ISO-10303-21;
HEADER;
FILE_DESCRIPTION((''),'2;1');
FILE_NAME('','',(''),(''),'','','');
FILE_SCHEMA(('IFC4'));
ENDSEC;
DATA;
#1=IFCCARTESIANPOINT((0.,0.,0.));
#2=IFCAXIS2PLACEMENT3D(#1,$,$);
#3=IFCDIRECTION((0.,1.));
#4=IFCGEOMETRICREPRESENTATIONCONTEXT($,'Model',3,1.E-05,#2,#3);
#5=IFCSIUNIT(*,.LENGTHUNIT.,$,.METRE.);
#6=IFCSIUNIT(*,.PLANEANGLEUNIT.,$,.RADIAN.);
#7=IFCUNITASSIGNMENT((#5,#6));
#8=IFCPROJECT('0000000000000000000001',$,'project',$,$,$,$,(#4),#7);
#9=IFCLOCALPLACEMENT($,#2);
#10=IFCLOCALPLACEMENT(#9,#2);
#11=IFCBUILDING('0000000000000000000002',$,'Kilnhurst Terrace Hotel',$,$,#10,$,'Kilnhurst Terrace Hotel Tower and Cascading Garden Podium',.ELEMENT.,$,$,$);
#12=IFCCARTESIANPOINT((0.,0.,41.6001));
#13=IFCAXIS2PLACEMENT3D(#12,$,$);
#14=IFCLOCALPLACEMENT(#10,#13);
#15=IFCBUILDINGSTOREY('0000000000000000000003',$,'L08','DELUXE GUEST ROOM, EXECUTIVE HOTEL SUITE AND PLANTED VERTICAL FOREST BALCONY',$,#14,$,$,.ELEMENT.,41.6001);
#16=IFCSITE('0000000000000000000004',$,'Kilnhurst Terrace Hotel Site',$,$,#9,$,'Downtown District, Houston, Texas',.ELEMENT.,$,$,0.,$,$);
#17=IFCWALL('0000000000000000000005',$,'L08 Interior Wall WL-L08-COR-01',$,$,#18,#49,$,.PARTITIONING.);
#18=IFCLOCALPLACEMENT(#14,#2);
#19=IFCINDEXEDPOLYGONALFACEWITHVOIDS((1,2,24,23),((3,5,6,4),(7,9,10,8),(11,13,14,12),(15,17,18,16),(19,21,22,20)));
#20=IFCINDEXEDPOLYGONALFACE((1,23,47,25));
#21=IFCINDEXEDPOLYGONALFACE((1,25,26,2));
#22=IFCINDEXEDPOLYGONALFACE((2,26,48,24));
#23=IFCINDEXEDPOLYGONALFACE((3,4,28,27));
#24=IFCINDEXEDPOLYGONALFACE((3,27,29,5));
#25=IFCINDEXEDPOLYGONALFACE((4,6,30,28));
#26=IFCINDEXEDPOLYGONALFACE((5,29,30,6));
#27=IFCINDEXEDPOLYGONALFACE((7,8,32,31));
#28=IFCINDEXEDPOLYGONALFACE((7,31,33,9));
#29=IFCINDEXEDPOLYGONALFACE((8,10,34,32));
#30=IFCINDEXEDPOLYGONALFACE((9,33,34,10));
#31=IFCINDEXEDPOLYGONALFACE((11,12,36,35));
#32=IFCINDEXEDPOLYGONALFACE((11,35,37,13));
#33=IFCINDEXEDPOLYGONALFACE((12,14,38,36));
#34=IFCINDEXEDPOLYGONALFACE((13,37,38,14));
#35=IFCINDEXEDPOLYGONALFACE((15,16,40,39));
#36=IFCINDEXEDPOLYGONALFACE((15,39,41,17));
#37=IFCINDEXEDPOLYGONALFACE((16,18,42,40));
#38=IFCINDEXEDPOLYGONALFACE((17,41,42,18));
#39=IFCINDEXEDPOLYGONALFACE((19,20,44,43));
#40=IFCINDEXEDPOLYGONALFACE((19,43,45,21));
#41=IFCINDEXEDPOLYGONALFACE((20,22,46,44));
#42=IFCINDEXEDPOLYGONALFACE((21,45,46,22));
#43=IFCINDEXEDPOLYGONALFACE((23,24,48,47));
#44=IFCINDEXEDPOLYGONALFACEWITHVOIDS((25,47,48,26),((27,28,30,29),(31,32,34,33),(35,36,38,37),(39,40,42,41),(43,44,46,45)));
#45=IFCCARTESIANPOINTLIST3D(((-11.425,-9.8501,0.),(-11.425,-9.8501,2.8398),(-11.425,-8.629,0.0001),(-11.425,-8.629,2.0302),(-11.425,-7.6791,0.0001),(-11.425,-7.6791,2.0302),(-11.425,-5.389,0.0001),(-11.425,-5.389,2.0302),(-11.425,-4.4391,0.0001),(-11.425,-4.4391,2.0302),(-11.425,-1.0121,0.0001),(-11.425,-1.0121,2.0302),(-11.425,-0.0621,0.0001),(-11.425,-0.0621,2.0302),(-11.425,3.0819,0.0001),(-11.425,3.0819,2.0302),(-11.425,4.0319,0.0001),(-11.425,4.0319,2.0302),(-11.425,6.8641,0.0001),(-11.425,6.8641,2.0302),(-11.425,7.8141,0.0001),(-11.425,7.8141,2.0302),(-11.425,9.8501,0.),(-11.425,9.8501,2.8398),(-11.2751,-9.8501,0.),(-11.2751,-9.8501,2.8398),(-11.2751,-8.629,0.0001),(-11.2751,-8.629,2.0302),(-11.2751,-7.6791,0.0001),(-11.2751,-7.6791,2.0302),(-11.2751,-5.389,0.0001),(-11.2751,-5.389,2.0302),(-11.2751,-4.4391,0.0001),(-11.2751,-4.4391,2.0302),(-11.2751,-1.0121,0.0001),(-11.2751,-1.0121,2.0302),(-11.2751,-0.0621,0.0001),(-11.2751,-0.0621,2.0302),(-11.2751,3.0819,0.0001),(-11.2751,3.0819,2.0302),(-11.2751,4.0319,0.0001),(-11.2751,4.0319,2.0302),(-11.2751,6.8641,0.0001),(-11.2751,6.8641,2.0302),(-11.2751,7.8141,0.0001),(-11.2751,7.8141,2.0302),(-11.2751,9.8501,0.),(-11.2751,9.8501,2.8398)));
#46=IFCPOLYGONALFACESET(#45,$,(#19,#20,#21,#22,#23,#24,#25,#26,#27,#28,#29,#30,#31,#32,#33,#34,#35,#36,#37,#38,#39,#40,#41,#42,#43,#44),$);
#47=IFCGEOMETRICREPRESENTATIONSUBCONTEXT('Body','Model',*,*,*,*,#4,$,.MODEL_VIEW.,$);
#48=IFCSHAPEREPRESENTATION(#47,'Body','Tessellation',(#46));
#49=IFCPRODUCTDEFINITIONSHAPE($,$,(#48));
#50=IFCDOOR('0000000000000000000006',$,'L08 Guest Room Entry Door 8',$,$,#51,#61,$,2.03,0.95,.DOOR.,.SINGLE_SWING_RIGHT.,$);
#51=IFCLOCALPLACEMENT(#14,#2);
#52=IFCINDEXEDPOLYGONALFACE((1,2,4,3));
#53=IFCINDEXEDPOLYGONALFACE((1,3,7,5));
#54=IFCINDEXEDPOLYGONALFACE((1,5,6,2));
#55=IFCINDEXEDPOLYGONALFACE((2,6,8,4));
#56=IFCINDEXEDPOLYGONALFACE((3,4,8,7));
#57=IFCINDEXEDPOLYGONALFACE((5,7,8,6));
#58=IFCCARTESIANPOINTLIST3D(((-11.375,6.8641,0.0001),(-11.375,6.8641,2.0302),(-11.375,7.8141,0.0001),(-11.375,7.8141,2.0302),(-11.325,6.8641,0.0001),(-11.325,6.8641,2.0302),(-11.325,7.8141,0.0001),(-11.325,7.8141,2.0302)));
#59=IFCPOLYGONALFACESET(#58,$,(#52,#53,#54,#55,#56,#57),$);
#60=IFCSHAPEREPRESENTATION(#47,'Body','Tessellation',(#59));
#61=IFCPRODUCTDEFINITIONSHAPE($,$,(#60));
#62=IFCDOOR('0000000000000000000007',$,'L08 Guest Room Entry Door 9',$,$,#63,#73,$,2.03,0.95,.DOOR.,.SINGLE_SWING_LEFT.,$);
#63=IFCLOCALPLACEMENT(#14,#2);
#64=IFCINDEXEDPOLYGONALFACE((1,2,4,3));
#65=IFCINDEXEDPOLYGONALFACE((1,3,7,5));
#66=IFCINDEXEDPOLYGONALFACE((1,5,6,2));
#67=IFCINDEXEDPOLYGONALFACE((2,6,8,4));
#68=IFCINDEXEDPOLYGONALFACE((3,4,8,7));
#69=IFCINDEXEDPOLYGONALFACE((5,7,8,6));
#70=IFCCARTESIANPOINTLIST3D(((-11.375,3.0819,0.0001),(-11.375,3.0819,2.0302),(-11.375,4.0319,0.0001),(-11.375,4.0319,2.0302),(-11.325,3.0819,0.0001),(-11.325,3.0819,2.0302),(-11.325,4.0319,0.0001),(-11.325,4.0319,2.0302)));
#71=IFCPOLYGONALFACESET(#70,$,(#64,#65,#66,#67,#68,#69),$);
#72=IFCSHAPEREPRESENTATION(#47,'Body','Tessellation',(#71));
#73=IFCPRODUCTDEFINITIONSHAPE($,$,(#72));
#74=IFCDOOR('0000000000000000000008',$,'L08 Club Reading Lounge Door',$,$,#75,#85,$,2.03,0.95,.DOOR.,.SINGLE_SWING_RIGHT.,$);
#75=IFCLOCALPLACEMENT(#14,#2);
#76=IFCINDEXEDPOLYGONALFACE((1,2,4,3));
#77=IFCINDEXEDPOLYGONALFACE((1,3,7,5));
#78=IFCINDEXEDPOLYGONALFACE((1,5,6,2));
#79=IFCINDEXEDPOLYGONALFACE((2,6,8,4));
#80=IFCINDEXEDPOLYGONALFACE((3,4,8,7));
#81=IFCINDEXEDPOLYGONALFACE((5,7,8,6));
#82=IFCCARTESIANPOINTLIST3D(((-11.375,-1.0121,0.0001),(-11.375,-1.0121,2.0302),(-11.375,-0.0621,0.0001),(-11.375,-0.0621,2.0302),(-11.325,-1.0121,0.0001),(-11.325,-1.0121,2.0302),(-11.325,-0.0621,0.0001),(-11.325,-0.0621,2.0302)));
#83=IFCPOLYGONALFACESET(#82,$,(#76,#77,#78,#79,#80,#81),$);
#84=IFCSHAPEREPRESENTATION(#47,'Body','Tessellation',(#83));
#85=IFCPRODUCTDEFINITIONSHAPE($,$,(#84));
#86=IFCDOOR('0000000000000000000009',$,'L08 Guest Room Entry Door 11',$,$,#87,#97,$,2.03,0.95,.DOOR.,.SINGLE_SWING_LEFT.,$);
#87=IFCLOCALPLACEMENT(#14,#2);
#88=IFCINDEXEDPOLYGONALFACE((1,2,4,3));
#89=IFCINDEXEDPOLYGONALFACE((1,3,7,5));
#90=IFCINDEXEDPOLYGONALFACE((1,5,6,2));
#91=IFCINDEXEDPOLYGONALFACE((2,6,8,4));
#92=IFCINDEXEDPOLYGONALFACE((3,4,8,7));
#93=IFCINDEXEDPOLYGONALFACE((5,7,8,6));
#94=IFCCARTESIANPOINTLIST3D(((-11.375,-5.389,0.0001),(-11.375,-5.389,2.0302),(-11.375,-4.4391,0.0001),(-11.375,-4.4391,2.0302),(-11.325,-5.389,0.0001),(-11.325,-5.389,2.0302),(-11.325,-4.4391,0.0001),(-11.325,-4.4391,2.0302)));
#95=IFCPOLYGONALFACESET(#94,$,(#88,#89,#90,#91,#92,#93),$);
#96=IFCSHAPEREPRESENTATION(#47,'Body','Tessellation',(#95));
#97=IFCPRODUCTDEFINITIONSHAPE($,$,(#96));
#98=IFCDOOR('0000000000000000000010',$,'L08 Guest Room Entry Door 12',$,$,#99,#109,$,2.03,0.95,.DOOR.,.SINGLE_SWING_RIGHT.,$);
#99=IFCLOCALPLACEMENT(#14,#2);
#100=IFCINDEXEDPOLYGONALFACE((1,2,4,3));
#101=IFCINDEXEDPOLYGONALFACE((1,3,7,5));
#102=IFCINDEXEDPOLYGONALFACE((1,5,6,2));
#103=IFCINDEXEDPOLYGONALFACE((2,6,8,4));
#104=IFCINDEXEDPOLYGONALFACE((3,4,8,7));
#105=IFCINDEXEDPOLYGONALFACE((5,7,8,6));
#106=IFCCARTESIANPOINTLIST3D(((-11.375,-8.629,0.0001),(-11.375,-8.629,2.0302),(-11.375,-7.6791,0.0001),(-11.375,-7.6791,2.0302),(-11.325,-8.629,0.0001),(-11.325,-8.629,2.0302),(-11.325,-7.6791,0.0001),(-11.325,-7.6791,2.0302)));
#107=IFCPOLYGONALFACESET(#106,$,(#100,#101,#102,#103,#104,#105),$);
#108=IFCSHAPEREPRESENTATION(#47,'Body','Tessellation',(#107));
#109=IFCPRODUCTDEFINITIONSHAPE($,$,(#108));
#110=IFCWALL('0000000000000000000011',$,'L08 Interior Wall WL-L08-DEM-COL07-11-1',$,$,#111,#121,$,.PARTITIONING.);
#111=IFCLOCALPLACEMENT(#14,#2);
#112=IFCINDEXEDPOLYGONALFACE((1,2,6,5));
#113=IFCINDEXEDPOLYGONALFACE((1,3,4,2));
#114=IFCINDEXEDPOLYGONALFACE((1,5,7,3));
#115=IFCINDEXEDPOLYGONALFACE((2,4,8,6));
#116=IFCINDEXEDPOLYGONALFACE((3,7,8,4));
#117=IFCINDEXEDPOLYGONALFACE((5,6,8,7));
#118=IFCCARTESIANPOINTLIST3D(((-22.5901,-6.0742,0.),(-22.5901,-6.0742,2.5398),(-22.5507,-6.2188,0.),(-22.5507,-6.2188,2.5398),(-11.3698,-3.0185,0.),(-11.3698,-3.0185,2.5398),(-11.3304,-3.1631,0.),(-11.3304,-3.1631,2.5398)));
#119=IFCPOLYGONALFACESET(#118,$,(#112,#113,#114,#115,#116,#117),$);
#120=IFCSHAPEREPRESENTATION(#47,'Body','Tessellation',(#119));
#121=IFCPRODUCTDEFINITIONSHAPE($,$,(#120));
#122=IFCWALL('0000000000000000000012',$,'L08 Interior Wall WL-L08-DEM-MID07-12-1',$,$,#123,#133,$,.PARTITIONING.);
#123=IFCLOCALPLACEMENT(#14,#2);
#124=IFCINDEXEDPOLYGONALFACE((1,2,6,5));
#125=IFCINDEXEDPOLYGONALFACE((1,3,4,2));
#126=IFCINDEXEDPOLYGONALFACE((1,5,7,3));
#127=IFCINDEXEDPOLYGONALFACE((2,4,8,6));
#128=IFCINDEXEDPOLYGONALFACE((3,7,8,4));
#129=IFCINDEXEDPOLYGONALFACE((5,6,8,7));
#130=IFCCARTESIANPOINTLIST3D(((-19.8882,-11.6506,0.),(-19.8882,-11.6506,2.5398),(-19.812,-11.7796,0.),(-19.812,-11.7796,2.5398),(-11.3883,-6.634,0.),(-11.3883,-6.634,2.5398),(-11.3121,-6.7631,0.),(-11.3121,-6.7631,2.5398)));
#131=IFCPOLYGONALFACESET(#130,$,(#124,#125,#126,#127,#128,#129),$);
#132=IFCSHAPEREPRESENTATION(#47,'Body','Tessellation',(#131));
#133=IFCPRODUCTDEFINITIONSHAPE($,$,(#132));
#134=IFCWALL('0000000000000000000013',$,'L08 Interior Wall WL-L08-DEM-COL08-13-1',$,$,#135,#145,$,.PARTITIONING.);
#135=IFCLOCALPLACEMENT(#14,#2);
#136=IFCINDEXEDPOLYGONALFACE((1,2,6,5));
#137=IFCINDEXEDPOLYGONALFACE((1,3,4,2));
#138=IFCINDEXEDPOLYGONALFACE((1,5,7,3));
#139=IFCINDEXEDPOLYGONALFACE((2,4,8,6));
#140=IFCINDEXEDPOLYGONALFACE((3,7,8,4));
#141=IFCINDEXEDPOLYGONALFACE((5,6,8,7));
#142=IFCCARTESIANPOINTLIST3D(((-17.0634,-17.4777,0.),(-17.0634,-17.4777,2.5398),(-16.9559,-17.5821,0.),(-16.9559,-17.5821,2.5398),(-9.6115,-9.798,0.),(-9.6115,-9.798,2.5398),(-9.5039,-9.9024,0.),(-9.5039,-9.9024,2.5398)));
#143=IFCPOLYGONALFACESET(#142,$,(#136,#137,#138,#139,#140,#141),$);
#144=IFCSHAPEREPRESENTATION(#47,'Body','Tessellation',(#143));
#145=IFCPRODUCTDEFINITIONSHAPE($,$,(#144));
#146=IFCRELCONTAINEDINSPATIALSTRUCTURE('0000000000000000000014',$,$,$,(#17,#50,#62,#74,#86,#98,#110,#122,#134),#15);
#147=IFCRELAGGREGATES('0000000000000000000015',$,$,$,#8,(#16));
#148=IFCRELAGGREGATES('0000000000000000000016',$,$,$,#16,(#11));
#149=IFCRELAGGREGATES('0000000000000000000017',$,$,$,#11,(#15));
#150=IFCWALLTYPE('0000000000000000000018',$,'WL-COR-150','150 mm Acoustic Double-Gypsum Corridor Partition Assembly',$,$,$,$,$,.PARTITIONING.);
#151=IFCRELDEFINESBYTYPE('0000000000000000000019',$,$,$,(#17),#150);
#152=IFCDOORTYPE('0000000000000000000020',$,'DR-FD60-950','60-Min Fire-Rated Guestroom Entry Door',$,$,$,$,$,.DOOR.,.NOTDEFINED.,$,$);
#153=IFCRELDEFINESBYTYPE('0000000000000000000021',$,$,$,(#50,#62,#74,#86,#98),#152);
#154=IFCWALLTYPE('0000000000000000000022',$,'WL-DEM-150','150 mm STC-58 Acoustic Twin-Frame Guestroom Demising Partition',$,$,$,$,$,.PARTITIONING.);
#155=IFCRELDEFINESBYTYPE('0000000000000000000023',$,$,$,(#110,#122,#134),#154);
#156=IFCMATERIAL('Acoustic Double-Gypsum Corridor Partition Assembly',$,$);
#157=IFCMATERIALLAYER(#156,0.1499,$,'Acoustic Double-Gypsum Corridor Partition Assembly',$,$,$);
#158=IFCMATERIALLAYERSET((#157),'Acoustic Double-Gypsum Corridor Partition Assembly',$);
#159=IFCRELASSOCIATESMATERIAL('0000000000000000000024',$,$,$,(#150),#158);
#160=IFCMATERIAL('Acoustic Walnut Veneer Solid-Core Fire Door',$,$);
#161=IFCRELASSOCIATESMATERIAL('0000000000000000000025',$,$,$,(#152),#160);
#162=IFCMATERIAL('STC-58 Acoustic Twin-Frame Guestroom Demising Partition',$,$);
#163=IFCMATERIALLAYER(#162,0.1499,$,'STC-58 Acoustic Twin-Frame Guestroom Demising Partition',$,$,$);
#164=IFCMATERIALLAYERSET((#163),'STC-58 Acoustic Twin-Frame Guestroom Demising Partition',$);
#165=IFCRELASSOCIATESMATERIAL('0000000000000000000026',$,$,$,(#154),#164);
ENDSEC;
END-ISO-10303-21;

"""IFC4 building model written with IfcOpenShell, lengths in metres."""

from ifc_helpers import new_model, si_unit, direction, frame, frame_2d, origin, place, context, subcontext, project, spatial, rectangle, extrude, material, layer, layer_set, type_object, element, fill, save


model = new_model("IFC4")

# Units and contexts
model_context = context("Model", 3, precision=1e-05, world=origin(), true_north=direction((0.0, 1.0)))
body_context = subcontext(model_context, "Body", "Model", "MODEL_VIEW")
ifc_project = project(units=[si_unit("LENGTHUNIT", "METRE"), si_unit("PLANEANGLEUNIT", "RADIAN")], contexts=[model_context])

# Site, building, storey
site_placement = place(None, origin())
site = spatial("IfcSite", under=ifc_project, at=site_placement, Name="Kilnhurst Terrace Hotel Site", LongName="Downtown District, Houston, Texas", CompositionType="ELEMENT", RefElevation=0.0)
building_placement = place(site_placement, origin())
building = spatial("IfcBuilding", under=site, at=building_placement, Name="Kilnhurst Terrace Hotel", LongName="Kilnhurst Terrace Hotel Tower and Cascading Garden Podium", CompositionType="ELEMENT")
storey_placement = place(building_placement, frame((0.0, 0.0, 41.6001)))
storey = spatial("IfcBuildingStorey", under=building, at=storey_placement, Name="L08", Description="DELUXE GUEST ROOM, EXECUTIVE HOTEL SUITE AND PLANTED VERTICAL FOREST BALCONY", CompositionType="ELEMENT", Elevation=41.6001)

# Wall, openings, doors
ifc_material_1 = material(Name="Acoustic Double-Gypsum Corridor Partition Assembly")
ifc_layer_1 = layer(ifc_material_1, 0.1499, Name="Acoustic Double-Gypsum Corridor Partition Assembly")
ifc_layer_set_1 = layer_set([ifc_layer_1], Name="Acoustic Double-Gypsum Corridor Partition Assembly")
wall_type_1 = type_object("IfcWallType", Name="WL-COR-150", Description="150 mm Acoustic Double-Gypsum Corridor Partition Assembly", PredefinedType="PARTITIONING", material=ifc_layer_set_1)
wall_1_placement = place(storey_placement, frame((-11.3501, -9.8501, 0.0), z_axis=(0.0, 0.0, 1.0), x_axis=(0.0, 1.0, 0.0)))
wall_1 = element("IfcWall", 1, at=wall_1_placement, inside=storey, type_object=wall_type_1, Name="L08 Interior Wall WL-L08-COR-01", PredefinedType="PARTITIONING", context=body_context, shape_type="SweptSolid", body=[
    extrude(rectangle(XDim=19.7002, YDim=0.1499, at=frame_2d((9.8501, 0.0))), origin(), (0.0, 0.0, 1.0), 2.8398),
])
opening_1_placement = place(wall_1_placement, frame((16.7141, 0.0, 0.0)))
opening_1 = element("IfcOpeningElement", 2, at=opening_1_placement, cuts=wall_1, PredefinedType="OPENING", context=body_context, shape_type="SweptSolid", body=[
    extrude(rectangle(XDim=0.95, YDim=2.03, at=frame_2d((0.4751, 1.0151))), frame((0.0, 0.085, 0.0), z_axis=(0.0, -1.0, 0.0), x_axis=(1.0, 0.0, 0.0)), (0.0, 0.0, 1.0), 0.1699),
])
opening_2_placement = place(wall_1_placement, frame((12.9319, 0.0, 0.0)))
opening_2 = element("IfcOpeningElement", 3, at=opening_2_placement, cuts=wall_1, PredefinedType="OPENING", context=body_context, shape_type="SweptSolid", body=[
    extrude(rectangle(XDim=0.95, YDim=2.03, at=frame_2d((0.4751, 1.0151))), frame((0.0, 0.085, 0.0), z_axis=(0.0, -1.0, 0.0), x_axis=(1.0, 0.0, 0.0)), (0.0, 0.0, 1.0), 0.1699),
])
opening_3_placement = place(wall_1_placement, frame((8.8379, 0.0, 0.0)))
opening_3 = element("IfcOpeningElement", 4, at=opening_3_placement, cuts=wall_1, PredefinedType="OPENING", context=body_context, shape_type="SweptSolid", body=[
    extrude(rectangle(XDim=0.95, YDim=2.03, at=frame_2d((0.4751, 1.0151))), frame((0.0, 0.085, 0.0), z_axis=(0.0, -1.0, 0.0), x_axis=(1.0, 0.0, 0.0)), (0.0, 0.0, 1.0), 0.1699),
])
opening_4_placement = place(wall_1_placement, frame((4.4609, 0.0, 0.0)))
opening_4 = element("IfcOpeningElement", 5, at=opening_4_placement, cuts=wall_1, PredefinedType="OPENING", context=body_context, shape_type="SweptSolid", body=[
    extrude(rectangle(XDim=0.95, YDim=2.03, at=frame_2d((0.4751, 1.0151))), frame((0.0, 0.085, 0.0), z_axis=(0.0, -1.0, 0.0), x_axis=(1.0, 0.0, 0.0)), (0.0, 0.0, 1.0), 0.1699),
])
opening_5_placement = place(wall_1_placement, frame((1.2209, 0.0, 0.0)))
opening_5 = element("IfcOpeningElement", 6, at=opening_5_placement, cuts=wall_1, PredefinedType="OPENING", context=body_context, shape_type="SweptSolid", body=[
    extrude(rectangle(XDim=0.95, YDim=2.03, at=frame_2d((0.4751, 1.0151))), frame((0.0, 0.085, 0.0), z_axis=(0.0, -1.0, 0.0), x_axis=(1.0, 0.0, 0.0)), (0.0, 0.0, 1.0), 0.1699),
])
ifc_material_2 = material(Name="Acoustic Walnut Veneer Solid-Core Fire Door")
door_type_1 = type_object("IfcDoorType", Name="DR-FD60-950", Description="60-Min Fire-Rated Guestroom Entry Door", OperationType="NOTDEFINED", PredefinedType="DOOR", material=ifc_material_2)
door_1_placement = place(opening_1_placement, origin())
door_1 = element("IfcDoor", 7, at=door_1_placement, inside=storey, type_object=door_type_1, Name="L08 Guest Room Entry Door 8", OperationType="SINGLE_SWING_RIGHT", OverallHeight=2.03, OverallWidth=0.95, PredefinedType="DOOR", context=body_context, shape_type="SweptSolid", body=[
    extrude(rectangle(XDim=0.95, YDim=2.03, at=frame_2d((0.4751, 1.0151))), frame((0.0, 0.0249, 0.0), z_axis=(0.0, -1.0, 0.0), x_axis=(1.0, 0.0, 0.0)), (0.0, 0.0, 1.0), 0.05),
])
fill(opening_1, door_1)
door_2_placement = place(opening_2_placement, origin())
door_2 = element("IfcDoor", 8, at=door_2_placement, inside=storey, type_object=door_type_1, Name="L08 Guest Room Entry Door 9", OperationType="SINGLE_SWING_LEFT", OverallHeight=2.03, OverallWidth=0.95, PredefinedType="DOOR", context=body_context, shape_type="SweptSolid", body=[
    extrude(rectangle(XDim=0.95, YDim=2.03, at=frame_2d((0.4751, 1.0151))), frame((0.0, 0.0249, 0.0), z_axis=(0.0, -1.0, 0.0), x_axis=(1.0, 0.0, 0.0)), (0.0, 0.0, 1.0), 0.05),
])
fill(opening_2, door_2)
door_3_placement = place(opening_3_placement, origin())
door_3 = element("IfcDoor", 9, at=door_3_placement, inside=storey, type_object=door_type_1, Name="L08 Club Reading Lounge Door", OperationType="SINGLE_SWING_RIGHT", OverallHeight=2.03, OverallWidth=0.95, PredefinedType="DOOR", context=body_context, shape_type="SweptSolid", body=[
    extrude(rectangle(XDim=0.95, YDim=2.03, at=frame_2d((0.4751, 1.0151))), frame((0.0, 0.0249, 0.0), z_axis=(0.0, -1.0, 0.0), x_axis=(1.0, 0.0, 0.0)), (0.0, 0.0, 1.0), 0.05),
])
fill(opening_3, door_3)
door_4_placement = place(opening_4_placement, origin())
door_4 = element("IfcDoor", 10, at=door_4_placement, inside=storey, type_object=door_type_1, Name="L08 Guest Room Entry Door 11", OperationType="SINGLE_SWING_LEFT", OverallHeight=2.03, OverallWidth=0.95, PredefinedType="DOOR", context=body_context, shape_type="SweptSolid", body=[
    extrude(rectangle(XDim=0.95, YDim=2.03, at=frame_2d((0.4751, 1.0151))), frame((0.0, 0.0249, 0.0), z_axis=(0.0, -1.0, 0.0), x_axis=(1.0, 0.0, 0.0)), (0.0, 0.0, 1.0), 0.05),
])
fill(opening_4, door_4)
door_5_placement = place(opening_5_placement, origin())
door_5 = element("IfcDoor", 11, at=door_5_placement, inside=storey, type_object=door_type_1, Name="L08 Guest Room Entry Door 12", OperationType="SINGLE_SWING_RIGHT", OverallHeight=2.03, OverallWidth=0.95, PredefinedType="DOOR", context=body_context, shape_type="SweptSolid", body=[
    extrude(rectangle(XDim=0.95, YDim=2.03, at=frame_2d((0.4751, 1.0151))), frame((0.0, 0.0249, 0.0), z_axis=(0.0, -1.0, 0.0), x_axis=(1.0, 0.0, 0.0)), (0.0, 0.0, 1.0), 0.05),
])
fill(opening_5, door_5)

# Walls
ifc_material_3 = material(Name="STC-58 Acoustic Twin-Frame Guestroom Demising Partition")
ifc_layer_2 = layer(ifc_material_3, 0.1499, Name="STC-58 Acoustic Twin-Frame Guestroom Demising Partition")
ifc_layer_set_2 = layer_set([ifc_layer_2], Name="STC-58 Acoustic Twin-Frame Guestroom Demising Partition")
wall_type_2 = type_object("IfcWallType", Name="WL-DEM-150", Description="150 mm STC-58 Acoustic Twin-Frame Guestroom Demising Partition", PredefinedType="PARTITIONING", material=ifc_layer_set_2)
wall_2_placement = place(storey_placement, frame((-11.3501, -3.0908, 0.0), z_axis=(0.0, 0.0, 1.0), x_axis=(-0.96486, -0.262766, 0.0)))
element("IfcWall", 12, at=wall_2_placement, inside=storey, type_object=wall_type_2, Name="L08 Interior Wall WL-L08-DEM-COL07-11-1", PredefinedType="PARTITIONING", context=body_context, shape_type="SweptSolid", body=[
    extrude(rectangle(XDim=11.6289, YDim=0.1499, at=frame_2d((5.8145, 0.0))), origin(), (0.0, 0.0, 1.0), 2.5398),
])
wall_3_placement = place(storey_placement, frame((-11.3501, -6.6985, 0.0), z_axis=(0.0, 0.0, 1.0), x_axis=(-0.861198, -0.508269, 0.0)))
element("IfcWall", 13, at=wall_3_placement, inside=storey, type_object=wall_type_2, Name="L08 Interior Wall WL-L08-DEM-MID07-12-1", PredefinedType="PARTITIONING", context=body_context, shape_type="SweptSolid", body=[
    extrude(rectangle(XDim=9.8699, YDim=0.1499, at=frame_2d((4.9351, 0.0))), origin(), (0.0, 0.0, 1.0), 2.5398),
])
wall_4_placement = place(storey_placement, frame((-9.5576, -9.8501, 0.0), z_axis=(0.0, 0.0, 1.0), x_axis=(-0.696383, -0.71767, 0.0)))
element("IfcWall", 14, at=wall_4_placement, inside=storey, type_object=wall_type_2, Name="L08 Interior Wall WL-L08-DEM-COL08-13-1", PredefinedType="PARTITIONING", context=body_context, shape_type="SweptSolid", body=[
    extrude(rectangle(XDim=10.7009, YDim=0.1499, at=frame_2d((5.3506, 0.0))), origin(), (0.0, 0.0, 1.0), 2.5398),
])

save(model, "model.ifc")
